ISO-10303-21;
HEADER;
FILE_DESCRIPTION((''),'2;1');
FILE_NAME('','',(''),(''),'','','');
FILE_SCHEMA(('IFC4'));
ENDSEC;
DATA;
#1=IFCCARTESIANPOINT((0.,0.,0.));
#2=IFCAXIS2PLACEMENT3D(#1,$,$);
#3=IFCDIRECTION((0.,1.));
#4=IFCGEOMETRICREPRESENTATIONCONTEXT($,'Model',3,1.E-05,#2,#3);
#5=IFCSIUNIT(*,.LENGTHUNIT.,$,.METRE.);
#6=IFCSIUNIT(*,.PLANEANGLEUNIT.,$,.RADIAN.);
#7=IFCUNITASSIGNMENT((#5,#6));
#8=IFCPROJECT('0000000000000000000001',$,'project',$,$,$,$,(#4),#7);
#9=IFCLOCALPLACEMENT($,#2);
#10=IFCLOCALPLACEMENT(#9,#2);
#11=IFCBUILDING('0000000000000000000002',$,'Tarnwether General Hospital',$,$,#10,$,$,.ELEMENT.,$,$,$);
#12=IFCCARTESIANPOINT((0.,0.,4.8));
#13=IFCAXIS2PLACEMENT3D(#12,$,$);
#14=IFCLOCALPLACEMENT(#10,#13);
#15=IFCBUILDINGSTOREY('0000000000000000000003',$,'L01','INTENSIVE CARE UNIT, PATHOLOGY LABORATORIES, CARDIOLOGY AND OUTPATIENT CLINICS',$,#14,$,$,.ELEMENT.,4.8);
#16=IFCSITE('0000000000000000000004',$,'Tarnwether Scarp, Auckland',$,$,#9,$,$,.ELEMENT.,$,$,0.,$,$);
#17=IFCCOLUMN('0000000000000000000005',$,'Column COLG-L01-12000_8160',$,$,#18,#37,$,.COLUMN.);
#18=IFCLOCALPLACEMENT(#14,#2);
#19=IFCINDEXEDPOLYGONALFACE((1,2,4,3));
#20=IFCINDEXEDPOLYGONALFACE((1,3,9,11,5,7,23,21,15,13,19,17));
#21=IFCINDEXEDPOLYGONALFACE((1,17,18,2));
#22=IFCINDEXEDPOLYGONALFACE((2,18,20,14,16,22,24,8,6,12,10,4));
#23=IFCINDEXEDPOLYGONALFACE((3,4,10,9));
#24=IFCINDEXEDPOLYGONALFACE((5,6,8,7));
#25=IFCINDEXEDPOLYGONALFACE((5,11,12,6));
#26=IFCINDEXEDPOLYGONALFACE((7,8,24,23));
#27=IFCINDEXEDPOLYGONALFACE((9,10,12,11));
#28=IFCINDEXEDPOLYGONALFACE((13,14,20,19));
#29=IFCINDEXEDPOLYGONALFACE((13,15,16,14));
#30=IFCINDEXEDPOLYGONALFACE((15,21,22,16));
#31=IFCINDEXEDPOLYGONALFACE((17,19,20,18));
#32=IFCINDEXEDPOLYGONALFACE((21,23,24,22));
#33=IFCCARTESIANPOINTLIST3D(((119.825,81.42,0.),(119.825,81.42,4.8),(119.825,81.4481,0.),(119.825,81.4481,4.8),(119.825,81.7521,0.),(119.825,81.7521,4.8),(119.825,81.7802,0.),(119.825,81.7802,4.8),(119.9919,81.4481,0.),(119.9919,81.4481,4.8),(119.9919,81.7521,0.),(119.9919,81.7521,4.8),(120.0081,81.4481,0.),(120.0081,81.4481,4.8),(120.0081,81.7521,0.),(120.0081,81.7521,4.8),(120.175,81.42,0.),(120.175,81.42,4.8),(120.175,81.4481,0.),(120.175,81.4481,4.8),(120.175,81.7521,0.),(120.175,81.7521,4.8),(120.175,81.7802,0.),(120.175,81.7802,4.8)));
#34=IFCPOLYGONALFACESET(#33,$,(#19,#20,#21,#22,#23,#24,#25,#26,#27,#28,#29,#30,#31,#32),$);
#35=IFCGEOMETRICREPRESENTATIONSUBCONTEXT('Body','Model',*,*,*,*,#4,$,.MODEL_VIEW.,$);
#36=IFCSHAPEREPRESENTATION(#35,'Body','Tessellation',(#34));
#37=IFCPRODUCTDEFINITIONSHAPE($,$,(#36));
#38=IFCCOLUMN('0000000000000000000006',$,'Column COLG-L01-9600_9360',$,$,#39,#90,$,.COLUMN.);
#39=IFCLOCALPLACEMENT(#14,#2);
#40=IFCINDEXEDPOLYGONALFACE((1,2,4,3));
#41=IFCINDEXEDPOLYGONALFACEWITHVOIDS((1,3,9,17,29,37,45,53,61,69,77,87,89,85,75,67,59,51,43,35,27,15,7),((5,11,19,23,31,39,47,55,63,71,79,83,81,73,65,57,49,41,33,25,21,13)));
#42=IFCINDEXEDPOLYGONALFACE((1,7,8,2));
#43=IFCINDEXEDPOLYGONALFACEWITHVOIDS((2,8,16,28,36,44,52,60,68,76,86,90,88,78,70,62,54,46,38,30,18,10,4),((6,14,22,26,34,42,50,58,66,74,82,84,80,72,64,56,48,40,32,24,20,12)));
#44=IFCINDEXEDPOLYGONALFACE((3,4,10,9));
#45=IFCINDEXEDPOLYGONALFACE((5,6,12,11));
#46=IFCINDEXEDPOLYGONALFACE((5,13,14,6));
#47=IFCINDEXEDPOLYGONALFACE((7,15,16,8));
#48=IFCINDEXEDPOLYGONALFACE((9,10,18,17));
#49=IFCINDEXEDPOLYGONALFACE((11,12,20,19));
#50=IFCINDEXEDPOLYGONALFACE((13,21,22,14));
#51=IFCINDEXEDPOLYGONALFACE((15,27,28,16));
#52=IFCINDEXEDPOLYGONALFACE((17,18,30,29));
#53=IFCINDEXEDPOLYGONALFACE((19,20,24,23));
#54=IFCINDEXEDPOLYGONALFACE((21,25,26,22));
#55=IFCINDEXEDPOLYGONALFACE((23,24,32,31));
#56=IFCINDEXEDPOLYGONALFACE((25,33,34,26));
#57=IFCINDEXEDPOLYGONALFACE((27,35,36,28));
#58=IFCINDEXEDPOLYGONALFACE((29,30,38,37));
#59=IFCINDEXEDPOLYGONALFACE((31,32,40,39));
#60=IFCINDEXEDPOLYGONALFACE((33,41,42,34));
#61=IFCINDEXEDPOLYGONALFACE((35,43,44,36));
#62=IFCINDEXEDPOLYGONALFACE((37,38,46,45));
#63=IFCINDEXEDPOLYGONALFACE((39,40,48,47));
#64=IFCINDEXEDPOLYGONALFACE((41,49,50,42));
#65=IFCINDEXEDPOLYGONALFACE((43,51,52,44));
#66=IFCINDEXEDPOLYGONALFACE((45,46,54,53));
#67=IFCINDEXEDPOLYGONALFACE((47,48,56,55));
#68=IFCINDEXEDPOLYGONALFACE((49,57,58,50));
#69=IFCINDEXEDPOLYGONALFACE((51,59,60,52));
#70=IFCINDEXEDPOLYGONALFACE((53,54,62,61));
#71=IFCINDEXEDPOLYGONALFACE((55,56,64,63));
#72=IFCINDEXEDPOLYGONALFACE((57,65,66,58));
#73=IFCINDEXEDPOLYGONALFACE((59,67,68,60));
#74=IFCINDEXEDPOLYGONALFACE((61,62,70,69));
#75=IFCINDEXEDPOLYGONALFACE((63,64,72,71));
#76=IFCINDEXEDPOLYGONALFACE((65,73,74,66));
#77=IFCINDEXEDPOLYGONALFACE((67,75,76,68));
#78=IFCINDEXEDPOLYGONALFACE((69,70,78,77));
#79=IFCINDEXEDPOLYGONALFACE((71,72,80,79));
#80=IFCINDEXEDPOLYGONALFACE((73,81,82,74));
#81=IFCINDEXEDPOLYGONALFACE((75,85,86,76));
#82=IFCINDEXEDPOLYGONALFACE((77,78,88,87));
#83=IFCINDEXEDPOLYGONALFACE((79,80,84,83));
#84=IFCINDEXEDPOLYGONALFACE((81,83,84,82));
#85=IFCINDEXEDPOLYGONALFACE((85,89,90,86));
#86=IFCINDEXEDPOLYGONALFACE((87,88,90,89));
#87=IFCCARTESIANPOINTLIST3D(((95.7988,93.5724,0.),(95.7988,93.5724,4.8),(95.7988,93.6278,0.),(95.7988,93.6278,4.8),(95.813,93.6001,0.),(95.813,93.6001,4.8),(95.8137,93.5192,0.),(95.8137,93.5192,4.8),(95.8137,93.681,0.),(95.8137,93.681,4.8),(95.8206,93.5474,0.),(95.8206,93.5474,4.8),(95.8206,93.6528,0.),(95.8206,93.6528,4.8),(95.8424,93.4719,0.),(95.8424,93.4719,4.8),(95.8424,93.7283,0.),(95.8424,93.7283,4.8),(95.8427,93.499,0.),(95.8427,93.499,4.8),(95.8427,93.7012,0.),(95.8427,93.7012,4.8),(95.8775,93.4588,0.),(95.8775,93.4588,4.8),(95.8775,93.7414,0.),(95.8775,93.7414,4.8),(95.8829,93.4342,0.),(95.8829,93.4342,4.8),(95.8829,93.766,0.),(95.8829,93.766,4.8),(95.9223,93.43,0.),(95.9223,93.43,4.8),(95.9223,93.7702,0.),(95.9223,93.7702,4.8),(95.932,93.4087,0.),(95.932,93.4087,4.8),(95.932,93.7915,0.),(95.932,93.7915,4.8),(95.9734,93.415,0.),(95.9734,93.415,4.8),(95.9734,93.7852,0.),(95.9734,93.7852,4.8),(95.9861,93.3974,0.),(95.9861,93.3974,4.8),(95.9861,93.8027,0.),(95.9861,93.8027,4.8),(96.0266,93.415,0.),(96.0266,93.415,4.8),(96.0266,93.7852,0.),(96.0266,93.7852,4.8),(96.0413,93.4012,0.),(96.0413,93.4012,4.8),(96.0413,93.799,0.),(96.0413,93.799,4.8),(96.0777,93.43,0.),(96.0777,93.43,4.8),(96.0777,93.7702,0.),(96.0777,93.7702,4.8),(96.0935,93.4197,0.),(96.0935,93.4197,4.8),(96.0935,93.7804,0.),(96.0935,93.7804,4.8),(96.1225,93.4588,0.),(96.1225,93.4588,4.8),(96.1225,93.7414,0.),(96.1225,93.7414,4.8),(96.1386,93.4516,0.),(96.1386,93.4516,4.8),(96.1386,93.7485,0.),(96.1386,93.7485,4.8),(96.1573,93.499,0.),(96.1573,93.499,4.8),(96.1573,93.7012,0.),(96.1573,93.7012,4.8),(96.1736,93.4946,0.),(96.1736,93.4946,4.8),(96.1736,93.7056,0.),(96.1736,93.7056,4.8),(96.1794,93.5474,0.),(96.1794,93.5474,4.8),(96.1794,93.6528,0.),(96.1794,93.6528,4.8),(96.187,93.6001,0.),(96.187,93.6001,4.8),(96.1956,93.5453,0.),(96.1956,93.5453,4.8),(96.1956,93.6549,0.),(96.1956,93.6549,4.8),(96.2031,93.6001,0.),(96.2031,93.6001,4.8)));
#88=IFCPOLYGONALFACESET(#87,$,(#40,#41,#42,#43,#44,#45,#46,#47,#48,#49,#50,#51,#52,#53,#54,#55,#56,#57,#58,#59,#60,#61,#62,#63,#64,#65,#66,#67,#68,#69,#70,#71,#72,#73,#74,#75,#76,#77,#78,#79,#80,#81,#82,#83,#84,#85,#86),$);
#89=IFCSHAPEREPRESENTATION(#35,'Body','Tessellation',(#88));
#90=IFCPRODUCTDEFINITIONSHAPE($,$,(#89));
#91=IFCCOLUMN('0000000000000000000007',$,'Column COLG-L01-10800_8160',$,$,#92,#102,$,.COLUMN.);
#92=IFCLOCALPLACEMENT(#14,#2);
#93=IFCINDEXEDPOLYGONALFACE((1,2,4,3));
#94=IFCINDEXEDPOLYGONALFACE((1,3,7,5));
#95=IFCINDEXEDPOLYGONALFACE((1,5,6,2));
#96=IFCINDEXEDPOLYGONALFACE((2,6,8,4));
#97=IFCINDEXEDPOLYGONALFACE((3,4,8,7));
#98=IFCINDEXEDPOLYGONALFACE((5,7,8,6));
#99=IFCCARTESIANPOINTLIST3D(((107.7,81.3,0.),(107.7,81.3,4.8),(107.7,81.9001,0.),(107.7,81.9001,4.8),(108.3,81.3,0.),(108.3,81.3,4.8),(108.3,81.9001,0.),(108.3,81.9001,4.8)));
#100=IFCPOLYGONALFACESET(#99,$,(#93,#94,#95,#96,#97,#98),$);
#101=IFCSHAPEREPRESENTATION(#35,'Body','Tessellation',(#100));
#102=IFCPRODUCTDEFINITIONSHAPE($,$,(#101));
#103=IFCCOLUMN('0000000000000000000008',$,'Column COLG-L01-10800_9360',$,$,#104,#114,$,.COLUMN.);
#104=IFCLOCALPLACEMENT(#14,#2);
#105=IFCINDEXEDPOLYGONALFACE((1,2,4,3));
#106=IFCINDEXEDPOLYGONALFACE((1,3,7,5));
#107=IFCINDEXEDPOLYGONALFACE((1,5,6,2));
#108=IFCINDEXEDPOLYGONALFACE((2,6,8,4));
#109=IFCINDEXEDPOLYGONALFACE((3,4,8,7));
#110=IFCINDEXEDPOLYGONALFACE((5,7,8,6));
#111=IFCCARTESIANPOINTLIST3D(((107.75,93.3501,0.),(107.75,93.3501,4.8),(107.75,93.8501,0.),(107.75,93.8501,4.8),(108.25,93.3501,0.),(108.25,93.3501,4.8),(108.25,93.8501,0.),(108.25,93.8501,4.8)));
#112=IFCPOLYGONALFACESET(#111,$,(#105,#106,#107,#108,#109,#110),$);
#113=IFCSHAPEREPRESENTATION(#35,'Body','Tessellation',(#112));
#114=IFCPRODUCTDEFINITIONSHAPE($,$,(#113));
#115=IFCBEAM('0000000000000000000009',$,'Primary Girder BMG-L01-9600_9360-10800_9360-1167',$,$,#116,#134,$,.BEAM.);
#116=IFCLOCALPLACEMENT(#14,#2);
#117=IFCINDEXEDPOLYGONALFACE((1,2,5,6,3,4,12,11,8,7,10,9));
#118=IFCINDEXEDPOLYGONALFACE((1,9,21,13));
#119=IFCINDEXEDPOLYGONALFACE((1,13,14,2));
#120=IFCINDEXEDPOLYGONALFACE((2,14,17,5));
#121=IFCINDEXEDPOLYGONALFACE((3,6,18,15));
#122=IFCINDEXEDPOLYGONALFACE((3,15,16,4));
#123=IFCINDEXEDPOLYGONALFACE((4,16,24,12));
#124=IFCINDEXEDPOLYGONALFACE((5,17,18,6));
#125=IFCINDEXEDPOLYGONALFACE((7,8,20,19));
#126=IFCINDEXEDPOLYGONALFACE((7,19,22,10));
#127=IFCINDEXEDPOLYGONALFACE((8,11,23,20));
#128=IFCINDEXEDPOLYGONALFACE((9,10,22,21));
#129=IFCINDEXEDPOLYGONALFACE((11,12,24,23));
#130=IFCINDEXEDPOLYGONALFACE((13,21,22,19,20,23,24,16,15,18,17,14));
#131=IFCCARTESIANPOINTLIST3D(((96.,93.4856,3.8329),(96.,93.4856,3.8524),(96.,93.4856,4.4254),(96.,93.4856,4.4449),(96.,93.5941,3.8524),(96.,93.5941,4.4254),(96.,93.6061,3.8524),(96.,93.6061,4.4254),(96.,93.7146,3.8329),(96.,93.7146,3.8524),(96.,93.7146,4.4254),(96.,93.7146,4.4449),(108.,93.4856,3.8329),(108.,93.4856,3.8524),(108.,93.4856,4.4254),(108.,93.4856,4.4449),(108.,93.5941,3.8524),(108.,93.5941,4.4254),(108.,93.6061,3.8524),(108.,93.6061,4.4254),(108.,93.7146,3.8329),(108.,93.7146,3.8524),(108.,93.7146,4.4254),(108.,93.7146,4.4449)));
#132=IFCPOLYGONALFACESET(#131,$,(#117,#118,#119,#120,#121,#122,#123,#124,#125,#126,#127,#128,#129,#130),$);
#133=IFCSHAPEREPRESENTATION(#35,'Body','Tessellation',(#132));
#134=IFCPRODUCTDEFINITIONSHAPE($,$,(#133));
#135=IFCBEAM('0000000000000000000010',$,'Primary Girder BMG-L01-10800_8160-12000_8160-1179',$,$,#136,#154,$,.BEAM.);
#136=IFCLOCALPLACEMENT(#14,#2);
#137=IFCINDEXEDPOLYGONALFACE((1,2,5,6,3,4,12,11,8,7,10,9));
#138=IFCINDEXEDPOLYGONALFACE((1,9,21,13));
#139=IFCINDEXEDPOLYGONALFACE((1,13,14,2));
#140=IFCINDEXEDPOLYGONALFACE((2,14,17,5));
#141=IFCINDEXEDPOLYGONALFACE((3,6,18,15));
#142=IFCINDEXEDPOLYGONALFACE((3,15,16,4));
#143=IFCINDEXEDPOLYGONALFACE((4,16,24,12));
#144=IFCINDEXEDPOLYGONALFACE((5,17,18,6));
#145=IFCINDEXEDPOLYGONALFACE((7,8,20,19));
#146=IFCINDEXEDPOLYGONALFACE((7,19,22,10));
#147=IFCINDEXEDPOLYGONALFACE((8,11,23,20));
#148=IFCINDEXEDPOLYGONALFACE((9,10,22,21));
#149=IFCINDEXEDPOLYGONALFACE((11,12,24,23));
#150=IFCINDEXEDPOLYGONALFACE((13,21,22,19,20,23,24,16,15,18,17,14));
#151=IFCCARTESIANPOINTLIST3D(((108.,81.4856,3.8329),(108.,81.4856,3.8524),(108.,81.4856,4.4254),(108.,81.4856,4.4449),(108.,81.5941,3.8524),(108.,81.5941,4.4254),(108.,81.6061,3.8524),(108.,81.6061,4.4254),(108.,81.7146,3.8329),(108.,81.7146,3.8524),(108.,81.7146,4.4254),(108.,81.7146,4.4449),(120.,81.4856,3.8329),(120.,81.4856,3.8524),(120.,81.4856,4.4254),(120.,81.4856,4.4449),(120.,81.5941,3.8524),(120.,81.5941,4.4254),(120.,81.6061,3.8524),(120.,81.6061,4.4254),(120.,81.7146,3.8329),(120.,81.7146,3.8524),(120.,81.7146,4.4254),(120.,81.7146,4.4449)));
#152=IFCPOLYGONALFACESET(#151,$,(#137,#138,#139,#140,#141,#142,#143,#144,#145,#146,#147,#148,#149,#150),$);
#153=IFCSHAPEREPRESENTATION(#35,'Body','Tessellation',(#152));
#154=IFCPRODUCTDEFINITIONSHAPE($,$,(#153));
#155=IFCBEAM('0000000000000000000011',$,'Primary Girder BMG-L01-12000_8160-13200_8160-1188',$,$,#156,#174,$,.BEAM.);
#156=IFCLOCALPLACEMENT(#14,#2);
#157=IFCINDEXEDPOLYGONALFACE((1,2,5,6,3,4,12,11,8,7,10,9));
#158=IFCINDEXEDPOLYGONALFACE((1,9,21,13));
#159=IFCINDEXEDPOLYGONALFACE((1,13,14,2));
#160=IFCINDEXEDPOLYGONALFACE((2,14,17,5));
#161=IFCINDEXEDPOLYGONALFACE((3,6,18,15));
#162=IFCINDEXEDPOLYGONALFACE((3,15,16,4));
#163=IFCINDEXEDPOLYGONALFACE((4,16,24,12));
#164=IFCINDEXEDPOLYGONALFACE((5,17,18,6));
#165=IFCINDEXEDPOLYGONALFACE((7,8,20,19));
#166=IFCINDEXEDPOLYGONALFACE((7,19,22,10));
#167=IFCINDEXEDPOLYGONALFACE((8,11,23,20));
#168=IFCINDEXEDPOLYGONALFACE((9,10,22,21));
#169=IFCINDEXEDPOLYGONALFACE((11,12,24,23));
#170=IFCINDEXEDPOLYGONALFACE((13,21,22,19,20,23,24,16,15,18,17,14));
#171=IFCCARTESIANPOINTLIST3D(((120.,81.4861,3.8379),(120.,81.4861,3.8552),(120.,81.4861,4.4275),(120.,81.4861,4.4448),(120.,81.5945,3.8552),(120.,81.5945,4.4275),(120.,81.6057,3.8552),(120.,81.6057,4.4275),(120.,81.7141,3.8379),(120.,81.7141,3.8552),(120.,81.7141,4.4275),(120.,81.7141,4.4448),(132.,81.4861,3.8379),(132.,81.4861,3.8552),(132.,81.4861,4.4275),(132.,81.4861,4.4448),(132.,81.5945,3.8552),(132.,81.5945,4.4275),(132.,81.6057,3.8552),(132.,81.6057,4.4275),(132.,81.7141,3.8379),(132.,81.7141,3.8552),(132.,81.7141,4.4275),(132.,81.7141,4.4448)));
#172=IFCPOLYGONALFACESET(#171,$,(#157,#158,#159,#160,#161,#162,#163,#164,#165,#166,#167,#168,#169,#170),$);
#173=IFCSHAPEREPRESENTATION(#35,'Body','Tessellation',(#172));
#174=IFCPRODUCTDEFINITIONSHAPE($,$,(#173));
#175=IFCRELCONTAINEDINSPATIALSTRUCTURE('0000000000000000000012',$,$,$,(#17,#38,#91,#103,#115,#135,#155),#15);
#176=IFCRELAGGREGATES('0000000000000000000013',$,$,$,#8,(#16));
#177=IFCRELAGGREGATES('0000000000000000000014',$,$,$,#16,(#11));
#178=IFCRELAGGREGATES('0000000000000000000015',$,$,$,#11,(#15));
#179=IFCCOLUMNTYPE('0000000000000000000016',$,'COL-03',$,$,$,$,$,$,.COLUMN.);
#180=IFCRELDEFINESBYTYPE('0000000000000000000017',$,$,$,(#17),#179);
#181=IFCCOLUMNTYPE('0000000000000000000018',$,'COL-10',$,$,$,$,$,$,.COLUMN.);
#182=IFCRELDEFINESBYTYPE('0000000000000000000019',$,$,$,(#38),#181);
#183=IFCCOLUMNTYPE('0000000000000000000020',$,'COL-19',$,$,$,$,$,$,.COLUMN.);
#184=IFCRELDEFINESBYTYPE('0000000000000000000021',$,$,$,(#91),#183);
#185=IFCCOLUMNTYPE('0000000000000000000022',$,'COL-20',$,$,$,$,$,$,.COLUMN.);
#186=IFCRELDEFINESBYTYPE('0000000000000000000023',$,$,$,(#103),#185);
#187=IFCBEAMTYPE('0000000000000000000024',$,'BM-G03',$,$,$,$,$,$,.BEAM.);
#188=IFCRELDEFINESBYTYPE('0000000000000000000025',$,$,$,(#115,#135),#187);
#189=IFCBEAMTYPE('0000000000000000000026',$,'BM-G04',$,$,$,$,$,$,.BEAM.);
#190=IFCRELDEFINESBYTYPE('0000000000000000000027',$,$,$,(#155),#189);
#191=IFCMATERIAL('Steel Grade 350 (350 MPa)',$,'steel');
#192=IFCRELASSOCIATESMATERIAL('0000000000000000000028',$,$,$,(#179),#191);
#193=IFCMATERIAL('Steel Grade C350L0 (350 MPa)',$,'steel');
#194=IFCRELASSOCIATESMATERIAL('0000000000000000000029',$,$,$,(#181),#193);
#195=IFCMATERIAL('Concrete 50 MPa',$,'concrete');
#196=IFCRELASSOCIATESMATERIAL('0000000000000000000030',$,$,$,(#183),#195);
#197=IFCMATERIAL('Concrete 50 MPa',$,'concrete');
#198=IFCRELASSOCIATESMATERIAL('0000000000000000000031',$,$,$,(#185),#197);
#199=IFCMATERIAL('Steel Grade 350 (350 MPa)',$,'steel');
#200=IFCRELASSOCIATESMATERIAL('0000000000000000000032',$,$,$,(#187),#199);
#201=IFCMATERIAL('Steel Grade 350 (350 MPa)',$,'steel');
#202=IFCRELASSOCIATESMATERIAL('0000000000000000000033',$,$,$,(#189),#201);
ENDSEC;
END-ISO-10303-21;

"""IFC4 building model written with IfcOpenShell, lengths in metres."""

from ifc_helpers import new_model, si_unit, direction, frame, origin, origin_2d, place, context, subcontext, project, spatial, rectangle, hollow_circle, i_section, extrude, material, material_profile, profile_set, type_object, element, save


model = new_model("IFC4")

# Units and contexts
model_context = context("Model", 3, precision=1e-05, world=origin(), true_north=direction((0.0, 1.0)))
body_context = subcontext(model_context, "Body", "Model", "MODEL_VIEW")
ifc_project = project(units=[si_unit("LENGTHUNIT", "METRE"), si_unit("PLANEANGLEUNIT", "RADIAN")], contexts=[model_context])

# Site, building, storey
site_placement = place(None, origin())
site = spatial("IfcSite", under=ifc_project, at=site_placement, Name="Tarnwether Scarp, Auckland", CompositionType="ELEMENT", RefElevation=0.0)
building_placement = place(site_placement, origin())
building = spatial("IfcBuilding", under=site, at=building_placement, Name="Tarnwether General Hospital", CompositionType="ELEMENT")
storey_placement = place(building_placement, frame((0.0, 0.0, 4.8)))
storey = spatial("IfcBuildingStorey", under=building, at=storey_placement, Name="L01", Description="INTENSIVE CARE UNIT, PATHOLOGY LABORATORIES, CARDIOLOGY AND OUTPATIENT CLINICS", CompositionType="ELEMENT", Elevation=4.8)

# Columns
ifc_material_1 = material(Name="Steel Grade 350 (350 MPa)", Category="steel")
ifc_material_profile_1 = material_profile(ifc_material_1, i_section(OverallWidth=0.3501, OverallDepth=0.3601, WebThickness=0.0161, FlangeThickness=0.0281, at=origin_2d()), Name="350WC230")
ifc_profile_set_1 = profile_set([ifc_material_profile_1], Name="Steel Grade 350 (350 MPa)")
column_type_1 = type_object("IfcColumnType", Name="COL-03", PredefinedType="COLUMN", material=ifc_profile_set_1)
column_1_placement = place(storey_placement, frame((120.0, 81.6001, 0.0), z_axis=(0.0, 0.0, 1.0), x_axis=(1.0, 0.0, 0.0)))
element("IfcColumn", 1, at=column_1_placement, inside=storey, type_object=column_type_1, Name="Column COLG-L01-12000_8160", PredefinedType="COLUMN", context=body_context, shape_type="SweptSolid", body=[
    extrude(i_section(OverallWidth=0.3501, OverallDepth=0.3601, WebThickness=0.0161, FlangeThickness=0.0281, at=origin_2d()), origin(), (0.0, 0.0, 1.0), 4.8),
])
ifc_material_2 = material(Name="Steel Grade C350L0 (350 MPa)", Category="steel")
ifc_material_profile_2 = material_profile(ifc_material_2, hollow_circle(Radius=0.2031, WallThickness=0.0161, at=origin_2d()), Name="CHS406.4x16.0")
ifc_profile_set_2 = profile_set([ifc_material_profile_2], Name="Steel Grade C350L0 (350 MPa)")
column_type_2 = type_object("IfcColumnType", Name="COL-10", PredefinedType="COLUMN", material=ifc_profile_set_2)
column_2_placement = place(storey_placement, frame((96.0, 93.6001, 0.0), z_axis=(0.0, 0.0, 1.0), x_axis=(1.0, 0.0, 0.0)))
element("IfcColumn", 2, at=column_2_placement, inside=storey, type_object=column_type_2, Name="Column COLG-L01-9600_9360", PredefinedType="COLUMN", context=body_context, shape_type="SweptSolid", body=[
    extrude(hollow_circle(Radius=0.2031, WallThickness=0.0161, at=origin_2d()), origin(), (0.0, 0.0, 1.0), 4.8),
])
ifc_material_3 = material(Name="Concrete 50 MPa", Category="concrete")
ifc_material_profile_3 = material_profile(ifc_material_3, rectangle(XDim=0.6001, YDim=0.6001, at=origin_2d()), Name="RC-COL-600x600")
ifc_profile_set_3 = profile_set([ifc_material_profile_3], Name="Concrete 50 MPa")
column_type_3 = type_object("IfcColumnType", Name="COL-19", PredefinedType="COLUMN", material=ifc_profile_set_3)
column_3_placement = place(storey_placement, frame((108.0, 81.6001, 0.0), z_axis=(0.0, 0.0, 1.0), x_axis=(0.0, 1.0, 0.0)))
element("IfcColumn", 3, at=column_3_placement, inside=storey, type_object=column_type_3, Name="Column COLG-L01-10800_8160", PredefinedType="COLUMN", context=body_context, shape_type="SweptSolid", body=[
    extrude(rectangle(XDim=0.6001, YDim=0.6001, at=origin_2d()), origin(), (0.0, 0.0, 1.0), 4.8),
])
ifc_material_4 = material(Name="Concrete 50 MPa", Category="concrete")
ifc_material_profile_4 = material_profile(ifc_material_4, rectangle(XDim=0.5, YDim=0.5, at=origin_2d()), Name="RC-COL-500x500")
ifc_profile_set_4 = profile_set([ifc_material_profile_4], Name="Concrete 50 MPa")
column_type_4 = type_object("IfcColumnType", Name="COL-20", PredefinedType="COLUMN", material=ifc_profile_set_4)
column_4_placement = place(storey_placement, frame((108.0, 93.6001, 0.0), z_axis=(0.0, 0.0, 1.0), x_axis=(0.0, 1.0, 0.0)))
element("IfcColumn", 4, at=column_4_placement, inside=storey, type_object=column_type_4, Name="Column COLG-L01-10800_9360", PredefinedType="COLUMN", context=body_context, shape_type="SweptSolid", body=[
    extrude(rectangle(XDim=0.5, YDim=0.5, at=origin_2d()), origin(), (0.0, 0.0, 1.0), 4.8),
])

# Beams
ifc_material_5 = material(Name="Steel Grade 350 (350 MPa)", Category="steel")
ifc_material_profile_5 = material_profile(ifc_material_5, i_section(OverallWidth=0.229, OverallDepth=0.6121, WebThickness=0.012, FlangeThickness=0.0195, at=origin_2d()), Name="610UB125")
ifc_profile_set_5 = profile_set([ifc_material_profile_5], Name="Steel Grade 350 (350 MPa)")
beam_type_1 = type_object("IfcBeamType", Name="BM-G03", PredefinedType="BEAM", material=ifc_profile_set_5)
for number, where, z_axis, x_axis, name in (
    (5, (96.0, 93.6001, 4.1389), (1.0, 0.0, 0.0), (0.0, 1.0, 0.0), "Primary Girder BMG-L01-9600_9360-10800_9360-1167"),
    (6, (108.0, 81.6001, 4.1389), (1.0, 0.0, 0.0), (0.0, 1.0, 0.0), "Primary Girder BMG-L01-10800_8160-12000_8160-1179"),
):
    element("IfcBeam", number, at=place(storey_placement, frame(where, z_axis=z_axis, x_axis=x_axis)), inside=storey, type_object=beam_type_1, Name=name, PredefinedType="BEAM", context=body_context, shape_type="SweptSolid", body=[
        extrude(i_section(OverallWidth=0.229, OverallDepth=0.6121, WebThickness=0.012, FlangeThickness=0.0195, at=origin_2d()), origin(), (0.0, 0.0, 1.0), 12.0),
    ])
ifc_material_6 = material(Name="Steel Grade 350 (350 MPa)", Category="steel")
ifc_material_profile_6 = material_profile(ifc_material_6, i_section(OverallWidth=0.228, OverallDepth=0.6069, WebThickness=0.0112, FlangeThickness=0.0173, at=origin_2d()), Name="610UB113")
ifc_profile_set_6 = profile_set([ifc_material_profile_6], Name="Steel Grade 350 (350 MPa)")
beam_type_2 = type_object("IfcBeamType", Name="BM-G04", PredefinedType="BEAM", material=ifc_profile_set_6)
beam_1_placement = place(storey_placement, frame((120.0, 81.6001, 4.1414), z_axis=(1.0, 0.0, 0.0), x_axis=(0.0, 1.0, 0.0)))
element("IfcBeam", 7, at=beam_1_placement, inside=storey, type_object=beam_type_2, Name="Primary Girder BMG-L01-12000_8160-13200_8160-1188", PredefinedType="BEAM", context=body_context, shape_type="SweptSolid", body=[
    extrude(i_section(OverallWidth=0.228, OverallDepth=0.6069, WebThickness=0.0112, FlangeThickness=0.0173, at=origin_2d()), origin(), (0.0, 0.0, 1.0), 12.0),
])

save(model, "model.ifc")
